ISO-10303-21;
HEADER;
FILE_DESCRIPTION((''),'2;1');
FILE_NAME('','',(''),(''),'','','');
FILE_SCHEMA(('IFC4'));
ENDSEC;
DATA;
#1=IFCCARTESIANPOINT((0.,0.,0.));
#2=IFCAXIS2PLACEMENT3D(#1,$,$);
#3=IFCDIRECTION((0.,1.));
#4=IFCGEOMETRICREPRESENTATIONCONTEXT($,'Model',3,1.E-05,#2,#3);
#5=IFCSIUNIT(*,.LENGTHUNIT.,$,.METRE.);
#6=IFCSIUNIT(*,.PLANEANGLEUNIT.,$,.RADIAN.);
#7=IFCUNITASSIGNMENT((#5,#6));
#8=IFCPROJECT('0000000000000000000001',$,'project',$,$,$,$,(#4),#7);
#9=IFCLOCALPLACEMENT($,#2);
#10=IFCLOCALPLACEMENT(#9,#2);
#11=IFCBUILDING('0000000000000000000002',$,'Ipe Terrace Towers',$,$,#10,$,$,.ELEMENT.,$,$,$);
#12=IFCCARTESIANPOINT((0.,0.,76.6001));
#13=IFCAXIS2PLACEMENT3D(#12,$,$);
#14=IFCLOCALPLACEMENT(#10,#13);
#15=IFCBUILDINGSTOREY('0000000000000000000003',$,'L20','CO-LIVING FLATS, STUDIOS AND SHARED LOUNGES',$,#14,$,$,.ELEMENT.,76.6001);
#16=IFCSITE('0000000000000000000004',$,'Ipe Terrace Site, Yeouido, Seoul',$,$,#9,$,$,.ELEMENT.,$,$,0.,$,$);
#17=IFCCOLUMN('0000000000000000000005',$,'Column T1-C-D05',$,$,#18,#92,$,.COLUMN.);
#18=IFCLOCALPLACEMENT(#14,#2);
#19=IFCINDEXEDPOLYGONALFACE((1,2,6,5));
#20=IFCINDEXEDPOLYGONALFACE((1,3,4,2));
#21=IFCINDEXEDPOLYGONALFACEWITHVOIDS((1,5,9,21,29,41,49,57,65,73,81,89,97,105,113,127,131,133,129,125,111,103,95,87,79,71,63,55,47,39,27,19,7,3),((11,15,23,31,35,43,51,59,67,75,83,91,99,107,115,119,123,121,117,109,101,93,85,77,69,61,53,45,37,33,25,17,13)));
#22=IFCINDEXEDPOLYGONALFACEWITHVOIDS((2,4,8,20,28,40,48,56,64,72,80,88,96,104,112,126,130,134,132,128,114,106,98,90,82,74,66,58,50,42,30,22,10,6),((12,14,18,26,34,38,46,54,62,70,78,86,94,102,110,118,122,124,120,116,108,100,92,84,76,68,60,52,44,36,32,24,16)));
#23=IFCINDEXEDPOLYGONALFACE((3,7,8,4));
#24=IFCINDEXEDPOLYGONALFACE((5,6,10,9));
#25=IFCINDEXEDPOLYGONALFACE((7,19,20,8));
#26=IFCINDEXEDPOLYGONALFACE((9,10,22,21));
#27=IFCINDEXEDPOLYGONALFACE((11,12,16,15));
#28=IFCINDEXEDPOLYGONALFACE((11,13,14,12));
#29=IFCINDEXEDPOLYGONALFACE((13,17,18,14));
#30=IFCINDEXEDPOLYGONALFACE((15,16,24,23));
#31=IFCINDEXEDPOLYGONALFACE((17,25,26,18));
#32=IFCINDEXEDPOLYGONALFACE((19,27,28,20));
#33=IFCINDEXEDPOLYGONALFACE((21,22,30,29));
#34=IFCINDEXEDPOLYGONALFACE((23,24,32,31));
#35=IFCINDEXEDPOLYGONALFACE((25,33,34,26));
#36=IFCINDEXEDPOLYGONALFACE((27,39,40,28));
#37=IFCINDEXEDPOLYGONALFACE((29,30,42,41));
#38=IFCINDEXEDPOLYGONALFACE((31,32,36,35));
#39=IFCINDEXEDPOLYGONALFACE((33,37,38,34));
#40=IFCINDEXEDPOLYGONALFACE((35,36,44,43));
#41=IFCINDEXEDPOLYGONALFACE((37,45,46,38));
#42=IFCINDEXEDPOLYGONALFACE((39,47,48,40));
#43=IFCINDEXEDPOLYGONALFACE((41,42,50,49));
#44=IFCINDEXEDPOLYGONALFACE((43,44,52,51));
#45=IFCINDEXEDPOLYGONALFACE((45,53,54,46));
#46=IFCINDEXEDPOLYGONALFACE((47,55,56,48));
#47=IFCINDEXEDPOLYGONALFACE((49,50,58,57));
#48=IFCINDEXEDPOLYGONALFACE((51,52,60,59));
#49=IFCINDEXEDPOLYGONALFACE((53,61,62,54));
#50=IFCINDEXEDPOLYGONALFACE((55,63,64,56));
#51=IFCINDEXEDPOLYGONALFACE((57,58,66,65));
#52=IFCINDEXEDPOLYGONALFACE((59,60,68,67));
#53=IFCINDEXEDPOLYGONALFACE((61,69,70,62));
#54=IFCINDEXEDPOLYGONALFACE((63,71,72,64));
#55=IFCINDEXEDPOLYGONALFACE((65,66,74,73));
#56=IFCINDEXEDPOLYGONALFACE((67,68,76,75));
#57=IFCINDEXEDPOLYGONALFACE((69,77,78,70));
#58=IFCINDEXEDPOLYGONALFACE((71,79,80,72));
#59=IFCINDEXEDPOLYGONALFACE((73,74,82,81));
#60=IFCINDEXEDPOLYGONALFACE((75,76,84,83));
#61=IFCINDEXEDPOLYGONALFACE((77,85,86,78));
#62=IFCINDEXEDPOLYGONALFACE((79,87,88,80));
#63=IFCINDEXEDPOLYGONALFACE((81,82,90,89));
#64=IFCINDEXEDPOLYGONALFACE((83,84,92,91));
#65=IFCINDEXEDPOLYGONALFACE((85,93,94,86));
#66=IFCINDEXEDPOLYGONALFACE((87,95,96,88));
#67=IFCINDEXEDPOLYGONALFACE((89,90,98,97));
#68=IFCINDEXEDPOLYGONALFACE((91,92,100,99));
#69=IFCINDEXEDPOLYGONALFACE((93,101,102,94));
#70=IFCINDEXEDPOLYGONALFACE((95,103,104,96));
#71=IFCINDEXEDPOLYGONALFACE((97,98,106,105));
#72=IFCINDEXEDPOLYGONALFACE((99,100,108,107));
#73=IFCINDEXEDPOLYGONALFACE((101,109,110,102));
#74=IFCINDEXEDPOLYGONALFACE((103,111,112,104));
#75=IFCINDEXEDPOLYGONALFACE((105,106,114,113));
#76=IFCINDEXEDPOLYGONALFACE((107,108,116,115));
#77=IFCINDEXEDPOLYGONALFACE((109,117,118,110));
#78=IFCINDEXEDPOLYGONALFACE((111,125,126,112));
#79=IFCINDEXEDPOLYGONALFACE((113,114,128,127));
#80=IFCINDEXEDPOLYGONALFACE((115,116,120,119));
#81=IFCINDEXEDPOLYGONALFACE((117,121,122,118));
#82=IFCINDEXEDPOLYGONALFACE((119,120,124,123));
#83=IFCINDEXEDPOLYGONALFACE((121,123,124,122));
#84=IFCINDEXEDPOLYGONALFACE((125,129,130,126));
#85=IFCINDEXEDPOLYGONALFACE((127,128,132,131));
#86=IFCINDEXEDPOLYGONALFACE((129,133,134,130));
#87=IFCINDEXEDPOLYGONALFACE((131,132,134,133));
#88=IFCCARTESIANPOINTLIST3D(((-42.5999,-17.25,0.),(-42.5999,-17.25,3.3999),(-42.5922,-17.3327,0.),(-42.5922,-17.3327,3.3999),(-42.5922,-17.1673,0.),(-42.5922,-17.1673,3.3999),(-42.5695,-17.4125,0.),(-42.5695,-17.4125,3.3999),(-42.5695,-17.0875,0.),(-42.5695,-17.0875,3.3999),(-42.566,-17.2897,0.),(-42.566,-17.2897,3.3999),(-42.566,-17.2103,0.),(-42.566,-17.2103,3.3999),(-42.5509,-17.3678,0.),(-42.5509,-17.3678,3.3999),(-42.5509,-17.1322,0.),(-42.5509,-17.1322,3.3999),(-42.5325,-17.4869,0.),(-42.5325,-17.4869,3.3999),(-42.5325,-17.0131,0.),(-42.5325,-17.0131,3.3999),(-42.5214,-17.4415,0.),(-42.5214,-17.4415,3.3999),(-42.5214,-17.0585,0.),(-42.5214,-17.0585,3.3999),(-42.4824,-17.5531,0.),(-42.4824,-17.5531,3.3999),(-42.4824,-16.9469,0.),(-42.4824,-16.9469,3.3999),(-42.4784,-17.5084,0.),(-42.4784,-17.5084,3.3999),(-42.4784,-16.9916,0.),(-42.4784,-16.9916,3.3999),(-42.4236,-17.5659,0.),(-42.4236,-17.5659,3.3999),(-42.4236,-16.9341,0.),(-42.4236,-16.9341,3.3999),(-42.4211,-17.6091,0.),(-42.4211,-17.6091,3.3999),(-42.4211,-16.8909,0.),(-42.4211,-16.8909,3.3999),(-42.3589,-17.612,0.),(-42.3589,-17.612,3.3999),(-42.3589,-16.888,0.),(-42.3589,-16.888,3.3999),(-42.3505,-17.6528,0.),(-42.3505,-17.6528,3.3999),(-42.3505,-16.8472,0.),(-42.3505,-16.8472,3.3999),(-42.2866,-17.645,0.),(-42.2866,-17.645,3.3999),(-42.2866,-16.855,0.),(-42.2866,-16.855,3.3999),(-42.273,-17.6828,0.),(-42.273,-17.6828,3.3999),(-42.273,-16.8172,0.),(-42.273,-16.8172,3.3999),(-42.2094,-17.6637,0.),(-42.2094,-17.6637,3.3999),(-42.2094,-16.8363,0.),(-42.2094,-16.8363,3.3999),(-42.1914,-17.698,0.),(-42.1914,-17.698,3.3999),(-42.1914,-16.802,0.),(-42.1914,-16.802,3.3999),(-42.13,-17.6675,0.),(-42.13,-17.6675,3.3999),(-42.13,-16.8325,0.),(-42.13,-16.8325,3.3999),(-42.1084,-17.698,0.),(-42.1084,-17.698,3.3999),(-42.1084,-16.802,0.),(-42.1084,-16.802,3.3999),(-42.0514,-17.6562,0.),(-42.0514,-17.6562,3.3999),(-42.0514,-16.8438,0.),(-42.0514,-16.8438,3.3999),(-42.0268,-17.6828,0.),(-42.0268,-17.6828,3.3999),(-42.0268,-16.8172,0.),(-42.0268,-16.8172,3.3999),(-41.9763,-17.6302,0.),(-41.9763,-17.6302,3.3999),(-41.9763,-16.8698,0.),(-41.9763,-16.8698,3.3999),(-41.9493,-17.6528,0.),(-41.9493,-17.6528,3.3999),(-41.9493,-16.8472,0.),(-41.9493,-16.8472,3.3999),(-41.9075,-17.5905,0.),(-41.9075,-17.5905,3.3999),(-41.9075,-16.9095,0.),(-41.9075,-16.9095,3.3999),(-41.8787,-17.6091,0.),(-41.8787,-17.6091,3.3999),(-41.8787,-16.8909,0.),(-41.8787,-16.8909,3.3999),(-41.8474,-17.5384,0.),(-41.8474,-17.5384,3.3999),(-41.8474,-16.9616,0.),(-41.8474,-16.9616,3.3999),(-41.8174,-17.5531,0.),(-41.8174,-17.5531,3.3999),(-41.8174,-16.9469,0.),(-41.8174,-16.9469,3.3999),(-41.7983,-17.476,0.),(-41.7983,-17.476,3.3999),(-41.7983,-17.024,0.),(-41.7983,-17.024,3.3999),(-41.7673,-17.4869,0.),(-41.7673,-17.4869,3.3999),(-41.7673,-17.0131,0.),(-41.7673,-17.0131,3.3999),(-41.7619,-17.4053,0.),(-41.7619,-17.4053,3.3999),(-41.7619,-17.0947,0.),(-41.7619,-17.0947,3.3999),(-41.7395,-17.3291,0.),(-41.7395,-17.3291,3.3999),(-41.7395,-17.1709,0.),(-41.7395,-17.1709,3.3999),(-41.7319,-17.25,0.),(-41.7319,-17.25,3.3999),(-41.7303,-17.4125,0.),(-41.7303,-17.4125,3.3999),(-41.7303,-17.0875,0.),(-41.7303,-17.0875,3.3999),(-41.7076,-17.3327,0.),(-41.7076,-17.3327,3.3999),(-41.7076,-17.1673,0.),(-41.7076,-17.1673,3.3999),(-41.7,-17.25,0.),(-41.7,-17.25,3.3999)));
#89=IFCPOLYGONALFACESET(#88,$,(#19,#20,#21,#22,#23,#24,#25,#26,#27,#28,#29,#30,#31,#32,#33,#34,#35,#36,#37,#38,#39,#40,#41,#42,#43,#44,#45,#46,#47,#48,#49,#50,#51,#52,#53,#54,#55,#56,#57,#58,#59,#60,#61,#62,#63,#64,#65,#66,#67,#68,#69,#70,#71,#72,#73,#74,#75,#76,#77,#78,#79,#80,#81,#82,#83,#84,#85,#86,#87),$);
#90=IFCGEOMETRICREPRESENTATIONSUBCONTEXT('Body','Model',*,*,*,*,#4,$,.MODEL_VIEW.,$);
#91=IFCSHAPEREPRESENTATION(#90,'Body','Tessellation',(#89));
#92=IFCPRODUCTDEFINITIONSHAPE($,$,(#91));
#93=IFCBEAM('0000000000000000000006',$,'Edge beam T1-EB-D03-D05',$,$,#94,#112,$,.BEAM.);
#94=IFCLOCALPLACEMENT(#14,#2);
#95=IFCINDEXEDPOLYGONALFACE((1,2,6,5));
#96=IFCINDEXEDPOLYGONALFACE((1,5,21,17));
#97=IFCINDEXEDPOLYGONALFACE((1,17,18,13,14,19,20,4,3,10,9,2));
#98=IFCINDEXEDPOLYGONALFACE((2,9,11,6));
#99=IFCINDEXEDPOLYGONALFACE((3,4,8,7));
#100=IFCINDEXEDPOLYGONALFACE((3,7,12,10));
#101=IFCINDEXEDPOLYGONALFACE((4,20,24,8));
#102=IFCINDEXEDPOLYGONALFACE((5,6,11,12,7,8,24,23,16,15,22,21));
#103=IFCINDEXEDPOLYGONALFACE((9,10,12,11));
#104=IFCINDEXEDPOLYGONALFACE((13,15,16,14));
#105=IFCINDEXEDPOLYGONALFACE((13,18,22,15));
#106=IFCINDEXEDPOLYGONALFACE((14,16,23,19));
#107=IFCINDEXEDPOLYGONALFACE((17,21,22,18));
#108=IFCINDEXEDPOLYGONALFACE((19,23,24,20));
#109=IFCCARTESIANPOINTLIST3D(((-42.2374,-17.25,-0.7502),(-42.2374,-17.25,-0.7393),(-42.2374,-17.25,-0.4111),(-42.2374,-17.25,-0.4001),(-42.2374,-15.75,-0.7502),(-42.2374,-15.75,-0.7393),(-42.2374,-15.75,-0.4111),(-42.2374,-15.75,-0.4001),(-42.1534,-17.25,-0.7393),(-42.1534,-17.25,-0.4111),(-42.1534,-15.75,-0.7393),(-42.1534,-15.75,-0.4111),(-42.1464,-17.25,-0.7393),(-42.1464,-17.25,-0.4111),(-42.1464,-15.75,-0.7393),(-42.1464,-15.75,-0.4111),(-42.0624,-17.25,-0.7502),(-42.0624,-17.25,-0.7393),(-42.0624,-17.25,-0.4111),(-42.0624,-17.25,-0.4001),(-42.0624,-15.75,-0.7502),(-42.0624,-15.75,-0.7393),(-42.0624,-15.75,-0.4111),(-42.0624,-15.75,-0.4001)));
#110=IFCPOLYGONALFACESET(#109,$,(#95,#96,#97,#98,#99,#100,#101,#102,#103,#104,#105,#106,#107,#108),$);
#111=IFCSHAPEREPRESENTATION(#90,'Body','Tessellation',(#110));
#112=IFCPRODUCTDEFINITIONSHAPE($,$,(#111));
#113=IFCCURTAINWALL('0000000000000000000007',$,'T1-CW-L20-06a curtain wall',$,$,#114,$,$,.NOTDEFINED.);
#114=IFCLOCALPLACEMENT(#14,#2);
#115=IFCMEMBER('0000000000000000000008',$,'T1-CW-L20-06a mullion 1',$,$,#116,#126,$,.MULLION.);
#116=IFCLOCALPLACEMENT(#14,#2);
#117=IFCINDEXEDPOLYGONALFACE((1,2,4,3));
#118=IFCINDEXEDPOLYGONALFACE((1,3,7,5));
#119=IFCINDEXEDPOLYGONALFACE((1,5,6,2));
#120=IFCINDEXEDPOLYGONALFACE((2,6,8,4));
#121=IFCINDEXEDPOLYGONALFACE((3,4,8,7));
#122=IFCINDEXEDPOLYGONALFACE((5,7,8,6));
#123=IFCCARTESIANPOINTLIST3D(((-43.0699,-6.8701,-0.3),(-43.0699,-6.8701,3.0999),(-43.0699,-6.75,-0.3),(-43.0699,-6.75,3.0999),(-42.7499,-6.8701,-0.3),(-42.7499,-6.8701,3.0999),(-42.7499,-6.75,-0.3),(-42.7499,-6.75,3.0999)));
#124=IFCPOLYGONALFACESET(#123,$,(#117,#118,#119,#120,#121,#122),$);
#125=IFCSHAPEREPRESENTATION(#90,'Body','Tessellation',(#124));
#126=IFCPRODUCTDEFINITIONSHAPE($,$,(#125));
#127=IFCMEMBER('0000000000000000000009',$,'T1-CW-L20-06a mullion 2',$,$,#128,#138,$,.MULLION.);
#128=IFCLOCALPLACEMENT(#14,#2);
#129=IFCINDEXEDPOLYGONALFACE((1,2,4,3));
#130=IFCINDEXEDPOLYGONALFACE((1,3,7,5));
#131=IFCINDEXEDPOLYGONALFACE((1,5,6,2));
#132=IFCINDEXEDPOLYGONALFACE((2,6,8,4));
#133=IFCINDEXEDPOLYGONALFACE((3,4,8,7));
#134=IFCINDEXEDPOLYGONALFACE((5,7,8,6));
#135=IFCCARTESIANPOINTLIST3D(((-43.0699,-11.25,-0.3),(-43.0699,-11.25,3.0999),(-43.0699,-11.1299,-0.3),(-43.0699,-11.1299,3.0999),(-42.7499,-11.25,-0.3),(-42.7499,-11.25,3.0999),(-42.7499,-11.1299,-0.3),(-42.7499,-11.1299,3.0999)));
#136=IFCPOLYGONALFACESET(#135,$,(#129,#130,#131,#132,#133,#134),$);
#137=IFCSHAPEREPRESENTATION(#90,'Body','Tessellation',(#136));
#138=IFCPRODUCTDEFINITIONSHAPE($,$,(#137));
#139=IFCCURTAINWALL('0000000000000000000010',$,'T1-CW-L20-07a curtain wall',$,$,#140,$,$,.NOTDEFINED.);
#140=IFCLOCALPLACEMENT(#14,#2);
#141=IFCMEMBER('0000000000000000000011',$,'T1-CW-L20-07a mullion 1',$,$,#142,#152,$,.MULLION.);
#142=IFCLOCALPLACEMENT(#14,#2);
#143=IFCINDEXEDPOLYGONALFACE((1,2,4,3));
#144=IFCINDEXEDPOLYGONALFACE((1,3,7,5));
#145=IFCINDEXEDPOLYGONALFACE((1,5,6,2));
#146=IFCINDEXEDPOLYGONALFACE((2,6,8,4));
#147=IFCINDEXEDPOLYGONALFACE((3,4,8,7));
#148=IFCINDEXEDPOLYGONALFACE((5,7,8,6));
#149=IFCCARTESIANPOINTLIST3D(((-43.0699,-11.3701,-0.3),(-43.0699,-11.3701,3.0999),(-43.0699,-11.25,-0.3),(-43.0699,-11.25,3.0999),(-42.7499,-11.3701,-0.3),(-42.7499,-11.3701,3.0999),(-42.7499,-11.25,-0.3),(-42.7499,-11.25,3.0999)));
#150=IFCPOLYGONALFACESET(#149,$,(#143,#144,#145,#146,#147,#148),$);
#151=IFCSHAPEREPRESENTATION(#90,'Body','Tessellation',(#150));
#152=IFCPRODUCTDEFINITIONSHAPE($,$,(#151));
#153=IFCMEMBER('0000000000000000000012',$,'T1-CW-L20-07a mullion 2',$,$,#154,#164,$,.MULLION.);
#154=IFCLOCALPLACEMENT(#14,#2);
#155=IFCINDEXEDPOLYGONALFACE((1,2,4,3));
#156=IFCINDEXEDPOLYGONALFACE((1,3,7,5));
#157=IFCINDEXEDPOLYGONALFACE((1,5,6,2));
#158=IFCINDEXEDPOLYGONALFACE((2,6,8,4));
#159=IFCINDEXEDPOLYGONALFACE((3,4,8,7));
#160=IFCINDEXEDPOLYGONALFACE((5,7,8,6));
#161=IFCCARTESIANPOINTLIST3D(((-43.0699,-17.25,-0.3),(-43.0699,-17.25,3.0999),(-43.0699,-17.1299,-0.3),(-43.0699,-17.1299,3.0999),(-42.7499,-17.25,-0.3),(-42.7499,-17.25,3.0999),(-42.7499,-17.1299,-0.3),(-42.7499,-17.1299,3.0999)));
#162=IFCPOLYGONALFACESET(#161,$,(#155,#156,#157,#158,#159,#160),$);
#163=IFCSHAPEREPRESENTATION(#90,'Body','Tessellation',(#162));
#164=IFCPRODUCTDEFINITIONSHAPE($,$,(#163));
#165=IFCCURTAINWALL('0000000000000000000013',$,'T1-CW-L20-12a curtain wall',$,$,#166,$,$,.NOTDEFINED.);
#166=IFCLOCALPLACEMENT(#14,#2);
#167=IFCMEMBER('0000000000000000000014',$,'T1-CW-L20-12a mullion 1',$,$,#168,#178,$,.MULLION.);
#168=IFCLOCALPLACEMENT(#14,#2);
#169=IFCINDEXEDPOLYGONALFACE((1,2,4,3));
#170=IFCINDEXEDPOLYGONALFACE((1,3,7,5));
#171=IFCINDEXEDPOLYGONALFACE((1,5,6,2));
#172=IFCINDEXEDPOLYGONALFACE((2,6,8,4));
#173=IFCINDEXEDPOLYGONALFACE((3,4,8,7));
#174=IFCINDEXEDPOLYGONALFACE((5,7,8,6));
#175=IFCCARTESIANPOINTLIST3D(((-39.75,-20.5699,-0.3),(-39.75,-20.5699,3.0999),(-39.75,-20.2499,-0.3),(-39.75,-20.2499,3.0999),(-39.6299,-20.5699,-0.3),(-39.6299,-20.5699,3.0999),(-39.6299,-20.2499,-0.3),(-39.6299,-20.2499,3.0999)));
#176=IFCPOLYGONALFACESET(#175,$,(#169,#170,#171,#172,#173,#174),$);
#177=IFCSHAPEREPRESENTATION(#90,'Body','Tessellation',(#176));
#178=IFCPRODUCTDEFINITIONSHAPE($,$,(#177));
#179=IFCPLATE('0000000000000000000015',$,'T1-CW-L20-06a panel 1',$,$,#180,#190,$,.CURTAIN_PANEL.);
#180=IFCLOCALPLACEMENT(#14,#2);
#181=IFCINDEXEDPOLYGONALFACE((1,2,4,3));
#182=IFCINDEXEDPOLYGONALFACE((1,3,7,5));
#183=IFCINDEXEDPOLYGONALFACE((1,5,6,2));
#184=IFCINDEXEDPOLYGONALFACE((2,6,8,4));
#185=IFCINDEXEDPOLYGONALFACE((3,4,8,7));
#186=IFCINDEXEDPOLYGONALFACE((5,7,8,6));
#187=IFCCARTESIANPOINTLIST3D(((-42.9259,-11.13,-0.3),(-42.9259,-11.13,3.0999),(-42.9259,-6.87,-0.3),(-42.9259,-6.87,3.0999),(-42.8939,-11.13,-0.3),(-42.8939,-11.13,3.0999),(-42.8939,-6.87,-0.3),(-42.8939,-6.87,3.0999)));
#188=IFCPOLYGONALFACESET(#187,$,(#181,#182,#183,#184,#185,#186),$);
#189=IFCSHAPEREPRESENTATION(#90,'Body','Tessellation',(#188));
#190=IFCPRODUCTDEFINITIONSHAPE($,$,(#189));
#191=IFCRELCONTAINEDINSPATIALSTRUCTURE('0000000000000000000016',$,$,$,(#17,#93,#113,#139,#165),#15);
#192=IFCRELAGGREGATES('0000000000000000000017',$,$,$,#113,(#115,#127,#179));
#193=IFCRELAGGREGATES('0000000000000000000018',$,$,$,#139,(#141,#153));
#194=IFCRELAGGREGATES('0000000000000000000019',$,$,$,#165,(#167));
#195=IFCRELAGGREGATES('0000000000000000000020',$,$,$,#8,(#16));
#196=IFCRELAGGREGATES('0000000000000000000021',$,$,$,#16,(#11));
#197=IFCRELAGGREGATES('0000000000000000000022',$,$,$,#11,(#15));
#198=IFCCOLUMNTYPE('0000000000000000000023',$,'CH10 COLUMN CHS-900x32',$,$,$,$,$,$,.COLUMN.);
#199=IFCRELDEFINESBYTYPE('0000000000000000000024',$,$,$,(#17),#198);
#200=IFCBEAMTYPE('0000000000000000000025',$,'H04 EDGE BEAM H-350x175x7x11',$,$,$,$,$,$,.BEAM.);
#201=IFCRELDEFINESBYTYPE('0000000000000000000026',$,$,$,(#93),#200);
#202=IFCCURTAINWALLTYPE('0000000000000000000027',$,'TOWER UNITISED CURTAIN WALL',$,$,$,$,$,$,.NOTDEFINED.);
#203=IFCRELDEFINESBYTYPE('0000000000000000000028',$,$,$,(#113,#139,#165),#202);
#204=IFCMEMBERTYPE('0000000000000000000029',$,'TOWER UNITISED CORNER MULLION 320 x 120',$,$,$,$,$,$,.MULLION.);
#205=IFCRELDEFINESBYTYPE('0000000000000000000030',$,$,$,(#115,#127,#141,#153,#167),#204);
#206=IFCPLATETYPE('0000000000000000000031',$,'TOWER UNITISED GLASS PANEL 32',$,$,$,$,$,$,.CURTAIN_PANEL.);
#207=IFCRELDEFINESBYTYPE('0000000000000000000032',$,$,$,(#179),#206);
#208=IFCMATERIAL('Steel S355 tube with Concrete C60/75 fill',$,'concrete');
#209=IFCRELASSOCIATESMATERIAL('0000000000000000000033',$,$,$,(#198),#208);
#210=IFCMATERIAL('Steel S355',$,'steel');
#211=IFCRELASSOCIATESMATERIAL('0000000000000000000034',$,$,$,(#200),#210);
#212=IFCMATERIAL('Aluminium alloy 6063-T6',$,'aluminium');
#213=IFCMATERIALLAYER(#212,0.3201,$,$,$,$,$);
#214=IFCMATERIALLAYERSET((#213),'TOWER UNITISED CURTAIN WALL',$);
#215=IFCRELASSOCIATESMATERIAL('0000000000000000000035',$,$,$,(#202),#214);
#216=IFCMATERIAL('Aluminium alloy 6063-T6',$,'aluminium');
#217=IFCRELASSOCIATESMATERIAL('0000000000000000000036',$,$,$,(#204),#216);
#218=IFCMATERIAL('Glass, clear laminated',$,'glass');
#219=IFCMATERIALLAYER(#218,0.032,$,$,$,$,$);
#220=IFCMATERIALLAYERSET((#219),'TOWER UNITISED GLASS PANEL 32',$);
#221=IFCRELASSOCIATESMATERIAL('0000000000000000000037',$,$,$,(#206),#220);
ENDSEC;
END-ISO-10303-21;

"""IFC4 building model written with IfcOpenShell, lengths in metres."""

from ifc_helpers import new_model, si_unit, direction, frame, origin, origin_2d, place, context, subcontext, project, spatial, rectangle, hollow_circle, i_section, extrude, material, layer, layer_set, material_profile, profile_set, type_object, element, aggregate, save


model = new_model("IFC4")

# Units and contexts
model_context = context("Model", 3, precision=1e-05, world=origin(), true_north=direction((0.0, 1.0)))
body_context = subcontext(model_context, "Body", "Model", "MODEL_VIEW")
ifc_project = project(units=[si_unit("LENGTHUNIT", "METRE"), si_unit("PLANEANGLEUNIT", "RADIAN")], contexts=[model_context])

# Site, building, storey
site_placement = place(None, origin())
site = spatial("IfcSite", under=ifc_project, at=site_placement, Name="Ipe Terrace Site, Yeouido, Seoul", CompositionType="ELEMENT", RefElevation=0.0)
building_placement = place(site_placement, origin())
building = spatial("IfcBuilding", under=site, at=building_placement, Name="Ipe Terrace Towers", CompositionType="ELEMENT")
storey_placement = place(building_placement, frame((0.0, 0.0, 76.6001)))
storey = spatial("IfcBuildingStorey", under=building, at=storey_placement, Name="L20", Description="CO-LIVING FLATS, STUDIOS AND SHARED LOUNGES", CompositionType="ELEMENT", Elevation=76.6001)

# Column
ifc_material_1 = material(Name="Steel S355 tube with Concrete C60/75 fill", Category="concrete")
ifc_material_profile_1 = material_profile(ifc_material_1, hollow_circle(Radius=0.45, WallThickness=0.032, at=origin_2d()), Name="CHS-900x32")
ifc_profile_set_1 = profile_set([ifc_material_profile_1], Name="Steel S355 tube with Concrete C60/75 fill")
column_type_1 = type_object("IfcColumnType", Name="CH10 COLUMN CHS-900x32", PredefinedType="COLUMN", material=ifc_profile_set_1)
for number, where, z_axis, x_axis, name in (
    (1, (-42.1499, -17.25, 0.0), (0.0, 0.0, 1.0), (1.0, 0.0, 0.0), "Column T1-C-D05"),
):
    element("IfcColumn", number, at=place(storey_placement, frame(where, z_axis=z_axis, x_axis=x_axis)), inside=storey, type_object=column_type_1, Name=name, PredefinedType="COLUMN", context=body_context, shape_type="SweptSolid", body=[
        extrude(hollow_circle(Radius=0.45, WallThickness=0.032, at=origin_2d()), origin(), (0.0, 0.0, 1.0), 3.3999),
    ])

# Beam
ifc_material_2 = material(Name="Steel S355", Category="steel")
ifc_material_profile_2 = material_profile(ifc_material_2, i_section(OverallWidth=0.175, OverallDepth=0.3501, WebThickness=0.0071, FlangeThickness=0.011, at=origin_2d()), Name="H-350x175x7x11")
ifc_profile_set_2 = profile_set([ifc_material_profile_2], Name="Steel S355")
beam_type = type_object("IfcBeamType", Name="H04 EDGE BEAM H-350x175x7x11", PredefinedType="BEAM", material=ifc_profile_set_2)
beam_placement = place(storey_placement, frame((-42.1499, -15.75, -0.5752), z_axis=(0.0, -1.0, 0.0), x_axis=(1.0, 0.0, 0.0)))
element("IfcBeam", 2, at=beam_placement, inside=storey, type_object=beam_type, Name="Edge beam T1-EB-D03-D05", PredefinedType="BEAM", context=body_context, shape_type="SweptSolid", body=[
    extrude(i_section(OverallWidth=0.175, OverallDepth=0.3501, WebThickness=0.0071, FlangeThickness=0.011, at=origin_2d()), origin(), (0.0, 0.0, 1.0), 1.5),
])

# Curtain walls, members
ifc_material_3 = material(Name="Aluminium alloy 6063-T6", Category="aluminium")
ifc_layer_1 = layer(ifc_material_3, 0.3201)
ifc_layer_set_1 = layer_set([ifc_layer_1], Name="TOWER UNITISED CURTAIN WALL")
curtain_wall_type = type_object("IfcCurtainWallType", Name="TOWER UNITISED CURTAIN WALL", PredefinedType="NOTDEFINED", material=ifc_layer_set_1)
curtain_wall_1_placement = place(storey_placement, origin())
curtain_wall_1 = element("IfcCurtainWall", 3, at=curtain_wall_1_placement, inside=storey, type_object=curtain_wall_type, Name="T1-CW-L20-06a curtain wall", PredefinedType="NOTDEFINED")
ifc_material_4 = material(Name="Aluminium alloy 6063-T6", Category="aluminium")
ifc_material_profile_3 = material_profile(ifc_material_4, rectangle(XDim=0.3201, YDim=0.1201, at=origin_2d()), Name="TOWER UNITISED CORNER MULLION 320 x 120")
ifc_profile_set_3 = profile_set([ifc_material_profile_3], Name="Aluminium alloy 6063-T6")
member_type = type_object("IfcMemberType", Name="TOWER UNITISED CORNER MULLION 320 x 120", PredefinedType="MULLION", material=ifc_profile_set_3)
member_1_placement = place(storey_placement, frame((-42.9099, -6.8101, -0.3), z_axis=(0.0, 0.0, 1.0), x_axis=(-1.0, 0.0, 0.0)))
member_1 = element("IfcMember", 4, at=member_1_placement, type_object=member_type, Name="T1-CW-L20-06a mullion 1", PredefinedType="MULLION", context=body_context, shape_type="SweptSolid", body=[
    extrude(rectangle(XDim=0.3201, YDim=0.1201, at=origin_2d()), origin(), (0.0, 0.0, 1.0), 3.3999),
])
member_2_placement = place(storey_placement, frame((-42.9099, -11.1899, -0.3), z_axis=(0.0, 0.0, 1.0), x_axis=(-1.0, 0.0, 0.0)))
member_2 = element("IfcMember", 5, at=member_2_placement, type_object=member_type, Name="T1-CW-L20-06a mullion 2", PredefinedType="MULLION", context=body_context, shape_type="SweptSolid", body=[
    extrude(rectangle(XDim=0.3201, YDim=0.1201, at=origin_2d()), origin(), (0.0, 0.0, 1.0), 3.3999),
])
curtain_wall_2_placement = place(storey_placement, origin())
curtain_wall_2 = element("IfcCurtainWall", 6, at=curtain_wall_2_placement, inside=storey, type_object=curtain_wall_type, Name="T1-CW-L20-07a curtain wall", PredefinedType="NOTDEFINED")
member_3_placement = place(storey_placement, frame((-42.9099, -11.3101, -0.3), z_axis=(0.0, 0.0, 1.0), x_axis=(-1.0, 0.0, 0.0)))
member_3 = element("IfcMember", 7, at=member_3_placement, type_object=member_type, Name="T1-CW-L20-07a mullion 1", PredefinedType="MULLION", context=body_context, shape_type="SweptSolid", body=[
    extrude(rectangle(XDim=0.3201, YDim=0.1201, at=origin_2d()), origin(), (0.0, 0.0, 1.0), 3.3999),
])
member_4_placement = place(storey_placement, frame((-42.9099, -17.1899, -0.3), z_axis=(0.0, 0.0, 1.0), x_axis=(-1.0, 0.0, 0.0)))
member_4 = element("IfcMember", 8, at=member_4_placement, type_object=member_type, Name="T1-CW-L20-07a mullion 2", PredefinedType="MULLION", context=body_context, shape_type="SweptSolid", body=[
    extrude(rectangle(XDim=0.3201, YDim=0.1201, at=origin_2d()), origin(), (0.0, 0.0, 1.0), 3.3999),
])

# Curtain wall, member
curtain_wall_3_placement = place(storey_placement, origin())
curtain_wall_3 = element("IfcCurtainWall", 9, at=curtain_wall_3_placement, inside=storey, type_object=curtain_wall_type, Name="T1-CW-L20-12a curtain wall", PredefinedType="NOTDEFINED")
member_5_placement = place(storey_placement, frame((-39.6899, -20.4099, -0.3), z_axis=(0.0, 0.0, 1.0), x_axis=(0.0, -1.0, 0.0)))
member_5 = element("IfcMember", 10, at=member_5_placement, type_object=member_type, Name="T1-CW-L20-12a mullion 1", PredefinedType="MULLION", context=body_context, shape_type="SweptSolid", body=[
    extrude(rectangle(XDim=0.3201, YDim=0.1201, at=origin_2d()), origin(), (0.0, 0.0, 1.0), 3.3999),
])

# Plate
ifc_material_5 = material(Name="Glass, clear laminated", Category="glass")
ifc_layer_2 = layer(ifc_material_5, 0.032)
ifc_layer_set_2 = layer_set([ifc_layer_2], Name="TOWER UNITISED GLASS PANEL 32")
plate_type = type_object("IfcPlateType", Name="TOWER UNITISED GLASS PANEL 32", PredefinedType="CURTAIN_PANEL", material=ifc_layer_set_2)
plate_1_placement = place(storey_placement, frame((-42.9099, -9.0, -0.3), z_axis=(0.0, 0.0, 1.0), x_axis=(0.0, -1.0, 0.0)))
plate_1 = element("IfcPlate", 11, at=plate_1_placement, type_object=plate_type, Name="T1-CW-L20-06a panel 1", PredefinedType="CURTAIN_PANEL", context=body_context, shape_type="SweptSolid", body=[
    extrude(rectangle(XDim=4.26, YDim=0.032, at=origin_2d()), origin(), (0.0, 0.0, 1.0), 3.3999),
])
aggregate(curtain_wall_1, [member_1, member_2, plate_1])
aggregate(curtain_wall_2, [member_3, member_4])
aggregate(curtain_wall_3, [member_5])

save(model, "model.ifc")
